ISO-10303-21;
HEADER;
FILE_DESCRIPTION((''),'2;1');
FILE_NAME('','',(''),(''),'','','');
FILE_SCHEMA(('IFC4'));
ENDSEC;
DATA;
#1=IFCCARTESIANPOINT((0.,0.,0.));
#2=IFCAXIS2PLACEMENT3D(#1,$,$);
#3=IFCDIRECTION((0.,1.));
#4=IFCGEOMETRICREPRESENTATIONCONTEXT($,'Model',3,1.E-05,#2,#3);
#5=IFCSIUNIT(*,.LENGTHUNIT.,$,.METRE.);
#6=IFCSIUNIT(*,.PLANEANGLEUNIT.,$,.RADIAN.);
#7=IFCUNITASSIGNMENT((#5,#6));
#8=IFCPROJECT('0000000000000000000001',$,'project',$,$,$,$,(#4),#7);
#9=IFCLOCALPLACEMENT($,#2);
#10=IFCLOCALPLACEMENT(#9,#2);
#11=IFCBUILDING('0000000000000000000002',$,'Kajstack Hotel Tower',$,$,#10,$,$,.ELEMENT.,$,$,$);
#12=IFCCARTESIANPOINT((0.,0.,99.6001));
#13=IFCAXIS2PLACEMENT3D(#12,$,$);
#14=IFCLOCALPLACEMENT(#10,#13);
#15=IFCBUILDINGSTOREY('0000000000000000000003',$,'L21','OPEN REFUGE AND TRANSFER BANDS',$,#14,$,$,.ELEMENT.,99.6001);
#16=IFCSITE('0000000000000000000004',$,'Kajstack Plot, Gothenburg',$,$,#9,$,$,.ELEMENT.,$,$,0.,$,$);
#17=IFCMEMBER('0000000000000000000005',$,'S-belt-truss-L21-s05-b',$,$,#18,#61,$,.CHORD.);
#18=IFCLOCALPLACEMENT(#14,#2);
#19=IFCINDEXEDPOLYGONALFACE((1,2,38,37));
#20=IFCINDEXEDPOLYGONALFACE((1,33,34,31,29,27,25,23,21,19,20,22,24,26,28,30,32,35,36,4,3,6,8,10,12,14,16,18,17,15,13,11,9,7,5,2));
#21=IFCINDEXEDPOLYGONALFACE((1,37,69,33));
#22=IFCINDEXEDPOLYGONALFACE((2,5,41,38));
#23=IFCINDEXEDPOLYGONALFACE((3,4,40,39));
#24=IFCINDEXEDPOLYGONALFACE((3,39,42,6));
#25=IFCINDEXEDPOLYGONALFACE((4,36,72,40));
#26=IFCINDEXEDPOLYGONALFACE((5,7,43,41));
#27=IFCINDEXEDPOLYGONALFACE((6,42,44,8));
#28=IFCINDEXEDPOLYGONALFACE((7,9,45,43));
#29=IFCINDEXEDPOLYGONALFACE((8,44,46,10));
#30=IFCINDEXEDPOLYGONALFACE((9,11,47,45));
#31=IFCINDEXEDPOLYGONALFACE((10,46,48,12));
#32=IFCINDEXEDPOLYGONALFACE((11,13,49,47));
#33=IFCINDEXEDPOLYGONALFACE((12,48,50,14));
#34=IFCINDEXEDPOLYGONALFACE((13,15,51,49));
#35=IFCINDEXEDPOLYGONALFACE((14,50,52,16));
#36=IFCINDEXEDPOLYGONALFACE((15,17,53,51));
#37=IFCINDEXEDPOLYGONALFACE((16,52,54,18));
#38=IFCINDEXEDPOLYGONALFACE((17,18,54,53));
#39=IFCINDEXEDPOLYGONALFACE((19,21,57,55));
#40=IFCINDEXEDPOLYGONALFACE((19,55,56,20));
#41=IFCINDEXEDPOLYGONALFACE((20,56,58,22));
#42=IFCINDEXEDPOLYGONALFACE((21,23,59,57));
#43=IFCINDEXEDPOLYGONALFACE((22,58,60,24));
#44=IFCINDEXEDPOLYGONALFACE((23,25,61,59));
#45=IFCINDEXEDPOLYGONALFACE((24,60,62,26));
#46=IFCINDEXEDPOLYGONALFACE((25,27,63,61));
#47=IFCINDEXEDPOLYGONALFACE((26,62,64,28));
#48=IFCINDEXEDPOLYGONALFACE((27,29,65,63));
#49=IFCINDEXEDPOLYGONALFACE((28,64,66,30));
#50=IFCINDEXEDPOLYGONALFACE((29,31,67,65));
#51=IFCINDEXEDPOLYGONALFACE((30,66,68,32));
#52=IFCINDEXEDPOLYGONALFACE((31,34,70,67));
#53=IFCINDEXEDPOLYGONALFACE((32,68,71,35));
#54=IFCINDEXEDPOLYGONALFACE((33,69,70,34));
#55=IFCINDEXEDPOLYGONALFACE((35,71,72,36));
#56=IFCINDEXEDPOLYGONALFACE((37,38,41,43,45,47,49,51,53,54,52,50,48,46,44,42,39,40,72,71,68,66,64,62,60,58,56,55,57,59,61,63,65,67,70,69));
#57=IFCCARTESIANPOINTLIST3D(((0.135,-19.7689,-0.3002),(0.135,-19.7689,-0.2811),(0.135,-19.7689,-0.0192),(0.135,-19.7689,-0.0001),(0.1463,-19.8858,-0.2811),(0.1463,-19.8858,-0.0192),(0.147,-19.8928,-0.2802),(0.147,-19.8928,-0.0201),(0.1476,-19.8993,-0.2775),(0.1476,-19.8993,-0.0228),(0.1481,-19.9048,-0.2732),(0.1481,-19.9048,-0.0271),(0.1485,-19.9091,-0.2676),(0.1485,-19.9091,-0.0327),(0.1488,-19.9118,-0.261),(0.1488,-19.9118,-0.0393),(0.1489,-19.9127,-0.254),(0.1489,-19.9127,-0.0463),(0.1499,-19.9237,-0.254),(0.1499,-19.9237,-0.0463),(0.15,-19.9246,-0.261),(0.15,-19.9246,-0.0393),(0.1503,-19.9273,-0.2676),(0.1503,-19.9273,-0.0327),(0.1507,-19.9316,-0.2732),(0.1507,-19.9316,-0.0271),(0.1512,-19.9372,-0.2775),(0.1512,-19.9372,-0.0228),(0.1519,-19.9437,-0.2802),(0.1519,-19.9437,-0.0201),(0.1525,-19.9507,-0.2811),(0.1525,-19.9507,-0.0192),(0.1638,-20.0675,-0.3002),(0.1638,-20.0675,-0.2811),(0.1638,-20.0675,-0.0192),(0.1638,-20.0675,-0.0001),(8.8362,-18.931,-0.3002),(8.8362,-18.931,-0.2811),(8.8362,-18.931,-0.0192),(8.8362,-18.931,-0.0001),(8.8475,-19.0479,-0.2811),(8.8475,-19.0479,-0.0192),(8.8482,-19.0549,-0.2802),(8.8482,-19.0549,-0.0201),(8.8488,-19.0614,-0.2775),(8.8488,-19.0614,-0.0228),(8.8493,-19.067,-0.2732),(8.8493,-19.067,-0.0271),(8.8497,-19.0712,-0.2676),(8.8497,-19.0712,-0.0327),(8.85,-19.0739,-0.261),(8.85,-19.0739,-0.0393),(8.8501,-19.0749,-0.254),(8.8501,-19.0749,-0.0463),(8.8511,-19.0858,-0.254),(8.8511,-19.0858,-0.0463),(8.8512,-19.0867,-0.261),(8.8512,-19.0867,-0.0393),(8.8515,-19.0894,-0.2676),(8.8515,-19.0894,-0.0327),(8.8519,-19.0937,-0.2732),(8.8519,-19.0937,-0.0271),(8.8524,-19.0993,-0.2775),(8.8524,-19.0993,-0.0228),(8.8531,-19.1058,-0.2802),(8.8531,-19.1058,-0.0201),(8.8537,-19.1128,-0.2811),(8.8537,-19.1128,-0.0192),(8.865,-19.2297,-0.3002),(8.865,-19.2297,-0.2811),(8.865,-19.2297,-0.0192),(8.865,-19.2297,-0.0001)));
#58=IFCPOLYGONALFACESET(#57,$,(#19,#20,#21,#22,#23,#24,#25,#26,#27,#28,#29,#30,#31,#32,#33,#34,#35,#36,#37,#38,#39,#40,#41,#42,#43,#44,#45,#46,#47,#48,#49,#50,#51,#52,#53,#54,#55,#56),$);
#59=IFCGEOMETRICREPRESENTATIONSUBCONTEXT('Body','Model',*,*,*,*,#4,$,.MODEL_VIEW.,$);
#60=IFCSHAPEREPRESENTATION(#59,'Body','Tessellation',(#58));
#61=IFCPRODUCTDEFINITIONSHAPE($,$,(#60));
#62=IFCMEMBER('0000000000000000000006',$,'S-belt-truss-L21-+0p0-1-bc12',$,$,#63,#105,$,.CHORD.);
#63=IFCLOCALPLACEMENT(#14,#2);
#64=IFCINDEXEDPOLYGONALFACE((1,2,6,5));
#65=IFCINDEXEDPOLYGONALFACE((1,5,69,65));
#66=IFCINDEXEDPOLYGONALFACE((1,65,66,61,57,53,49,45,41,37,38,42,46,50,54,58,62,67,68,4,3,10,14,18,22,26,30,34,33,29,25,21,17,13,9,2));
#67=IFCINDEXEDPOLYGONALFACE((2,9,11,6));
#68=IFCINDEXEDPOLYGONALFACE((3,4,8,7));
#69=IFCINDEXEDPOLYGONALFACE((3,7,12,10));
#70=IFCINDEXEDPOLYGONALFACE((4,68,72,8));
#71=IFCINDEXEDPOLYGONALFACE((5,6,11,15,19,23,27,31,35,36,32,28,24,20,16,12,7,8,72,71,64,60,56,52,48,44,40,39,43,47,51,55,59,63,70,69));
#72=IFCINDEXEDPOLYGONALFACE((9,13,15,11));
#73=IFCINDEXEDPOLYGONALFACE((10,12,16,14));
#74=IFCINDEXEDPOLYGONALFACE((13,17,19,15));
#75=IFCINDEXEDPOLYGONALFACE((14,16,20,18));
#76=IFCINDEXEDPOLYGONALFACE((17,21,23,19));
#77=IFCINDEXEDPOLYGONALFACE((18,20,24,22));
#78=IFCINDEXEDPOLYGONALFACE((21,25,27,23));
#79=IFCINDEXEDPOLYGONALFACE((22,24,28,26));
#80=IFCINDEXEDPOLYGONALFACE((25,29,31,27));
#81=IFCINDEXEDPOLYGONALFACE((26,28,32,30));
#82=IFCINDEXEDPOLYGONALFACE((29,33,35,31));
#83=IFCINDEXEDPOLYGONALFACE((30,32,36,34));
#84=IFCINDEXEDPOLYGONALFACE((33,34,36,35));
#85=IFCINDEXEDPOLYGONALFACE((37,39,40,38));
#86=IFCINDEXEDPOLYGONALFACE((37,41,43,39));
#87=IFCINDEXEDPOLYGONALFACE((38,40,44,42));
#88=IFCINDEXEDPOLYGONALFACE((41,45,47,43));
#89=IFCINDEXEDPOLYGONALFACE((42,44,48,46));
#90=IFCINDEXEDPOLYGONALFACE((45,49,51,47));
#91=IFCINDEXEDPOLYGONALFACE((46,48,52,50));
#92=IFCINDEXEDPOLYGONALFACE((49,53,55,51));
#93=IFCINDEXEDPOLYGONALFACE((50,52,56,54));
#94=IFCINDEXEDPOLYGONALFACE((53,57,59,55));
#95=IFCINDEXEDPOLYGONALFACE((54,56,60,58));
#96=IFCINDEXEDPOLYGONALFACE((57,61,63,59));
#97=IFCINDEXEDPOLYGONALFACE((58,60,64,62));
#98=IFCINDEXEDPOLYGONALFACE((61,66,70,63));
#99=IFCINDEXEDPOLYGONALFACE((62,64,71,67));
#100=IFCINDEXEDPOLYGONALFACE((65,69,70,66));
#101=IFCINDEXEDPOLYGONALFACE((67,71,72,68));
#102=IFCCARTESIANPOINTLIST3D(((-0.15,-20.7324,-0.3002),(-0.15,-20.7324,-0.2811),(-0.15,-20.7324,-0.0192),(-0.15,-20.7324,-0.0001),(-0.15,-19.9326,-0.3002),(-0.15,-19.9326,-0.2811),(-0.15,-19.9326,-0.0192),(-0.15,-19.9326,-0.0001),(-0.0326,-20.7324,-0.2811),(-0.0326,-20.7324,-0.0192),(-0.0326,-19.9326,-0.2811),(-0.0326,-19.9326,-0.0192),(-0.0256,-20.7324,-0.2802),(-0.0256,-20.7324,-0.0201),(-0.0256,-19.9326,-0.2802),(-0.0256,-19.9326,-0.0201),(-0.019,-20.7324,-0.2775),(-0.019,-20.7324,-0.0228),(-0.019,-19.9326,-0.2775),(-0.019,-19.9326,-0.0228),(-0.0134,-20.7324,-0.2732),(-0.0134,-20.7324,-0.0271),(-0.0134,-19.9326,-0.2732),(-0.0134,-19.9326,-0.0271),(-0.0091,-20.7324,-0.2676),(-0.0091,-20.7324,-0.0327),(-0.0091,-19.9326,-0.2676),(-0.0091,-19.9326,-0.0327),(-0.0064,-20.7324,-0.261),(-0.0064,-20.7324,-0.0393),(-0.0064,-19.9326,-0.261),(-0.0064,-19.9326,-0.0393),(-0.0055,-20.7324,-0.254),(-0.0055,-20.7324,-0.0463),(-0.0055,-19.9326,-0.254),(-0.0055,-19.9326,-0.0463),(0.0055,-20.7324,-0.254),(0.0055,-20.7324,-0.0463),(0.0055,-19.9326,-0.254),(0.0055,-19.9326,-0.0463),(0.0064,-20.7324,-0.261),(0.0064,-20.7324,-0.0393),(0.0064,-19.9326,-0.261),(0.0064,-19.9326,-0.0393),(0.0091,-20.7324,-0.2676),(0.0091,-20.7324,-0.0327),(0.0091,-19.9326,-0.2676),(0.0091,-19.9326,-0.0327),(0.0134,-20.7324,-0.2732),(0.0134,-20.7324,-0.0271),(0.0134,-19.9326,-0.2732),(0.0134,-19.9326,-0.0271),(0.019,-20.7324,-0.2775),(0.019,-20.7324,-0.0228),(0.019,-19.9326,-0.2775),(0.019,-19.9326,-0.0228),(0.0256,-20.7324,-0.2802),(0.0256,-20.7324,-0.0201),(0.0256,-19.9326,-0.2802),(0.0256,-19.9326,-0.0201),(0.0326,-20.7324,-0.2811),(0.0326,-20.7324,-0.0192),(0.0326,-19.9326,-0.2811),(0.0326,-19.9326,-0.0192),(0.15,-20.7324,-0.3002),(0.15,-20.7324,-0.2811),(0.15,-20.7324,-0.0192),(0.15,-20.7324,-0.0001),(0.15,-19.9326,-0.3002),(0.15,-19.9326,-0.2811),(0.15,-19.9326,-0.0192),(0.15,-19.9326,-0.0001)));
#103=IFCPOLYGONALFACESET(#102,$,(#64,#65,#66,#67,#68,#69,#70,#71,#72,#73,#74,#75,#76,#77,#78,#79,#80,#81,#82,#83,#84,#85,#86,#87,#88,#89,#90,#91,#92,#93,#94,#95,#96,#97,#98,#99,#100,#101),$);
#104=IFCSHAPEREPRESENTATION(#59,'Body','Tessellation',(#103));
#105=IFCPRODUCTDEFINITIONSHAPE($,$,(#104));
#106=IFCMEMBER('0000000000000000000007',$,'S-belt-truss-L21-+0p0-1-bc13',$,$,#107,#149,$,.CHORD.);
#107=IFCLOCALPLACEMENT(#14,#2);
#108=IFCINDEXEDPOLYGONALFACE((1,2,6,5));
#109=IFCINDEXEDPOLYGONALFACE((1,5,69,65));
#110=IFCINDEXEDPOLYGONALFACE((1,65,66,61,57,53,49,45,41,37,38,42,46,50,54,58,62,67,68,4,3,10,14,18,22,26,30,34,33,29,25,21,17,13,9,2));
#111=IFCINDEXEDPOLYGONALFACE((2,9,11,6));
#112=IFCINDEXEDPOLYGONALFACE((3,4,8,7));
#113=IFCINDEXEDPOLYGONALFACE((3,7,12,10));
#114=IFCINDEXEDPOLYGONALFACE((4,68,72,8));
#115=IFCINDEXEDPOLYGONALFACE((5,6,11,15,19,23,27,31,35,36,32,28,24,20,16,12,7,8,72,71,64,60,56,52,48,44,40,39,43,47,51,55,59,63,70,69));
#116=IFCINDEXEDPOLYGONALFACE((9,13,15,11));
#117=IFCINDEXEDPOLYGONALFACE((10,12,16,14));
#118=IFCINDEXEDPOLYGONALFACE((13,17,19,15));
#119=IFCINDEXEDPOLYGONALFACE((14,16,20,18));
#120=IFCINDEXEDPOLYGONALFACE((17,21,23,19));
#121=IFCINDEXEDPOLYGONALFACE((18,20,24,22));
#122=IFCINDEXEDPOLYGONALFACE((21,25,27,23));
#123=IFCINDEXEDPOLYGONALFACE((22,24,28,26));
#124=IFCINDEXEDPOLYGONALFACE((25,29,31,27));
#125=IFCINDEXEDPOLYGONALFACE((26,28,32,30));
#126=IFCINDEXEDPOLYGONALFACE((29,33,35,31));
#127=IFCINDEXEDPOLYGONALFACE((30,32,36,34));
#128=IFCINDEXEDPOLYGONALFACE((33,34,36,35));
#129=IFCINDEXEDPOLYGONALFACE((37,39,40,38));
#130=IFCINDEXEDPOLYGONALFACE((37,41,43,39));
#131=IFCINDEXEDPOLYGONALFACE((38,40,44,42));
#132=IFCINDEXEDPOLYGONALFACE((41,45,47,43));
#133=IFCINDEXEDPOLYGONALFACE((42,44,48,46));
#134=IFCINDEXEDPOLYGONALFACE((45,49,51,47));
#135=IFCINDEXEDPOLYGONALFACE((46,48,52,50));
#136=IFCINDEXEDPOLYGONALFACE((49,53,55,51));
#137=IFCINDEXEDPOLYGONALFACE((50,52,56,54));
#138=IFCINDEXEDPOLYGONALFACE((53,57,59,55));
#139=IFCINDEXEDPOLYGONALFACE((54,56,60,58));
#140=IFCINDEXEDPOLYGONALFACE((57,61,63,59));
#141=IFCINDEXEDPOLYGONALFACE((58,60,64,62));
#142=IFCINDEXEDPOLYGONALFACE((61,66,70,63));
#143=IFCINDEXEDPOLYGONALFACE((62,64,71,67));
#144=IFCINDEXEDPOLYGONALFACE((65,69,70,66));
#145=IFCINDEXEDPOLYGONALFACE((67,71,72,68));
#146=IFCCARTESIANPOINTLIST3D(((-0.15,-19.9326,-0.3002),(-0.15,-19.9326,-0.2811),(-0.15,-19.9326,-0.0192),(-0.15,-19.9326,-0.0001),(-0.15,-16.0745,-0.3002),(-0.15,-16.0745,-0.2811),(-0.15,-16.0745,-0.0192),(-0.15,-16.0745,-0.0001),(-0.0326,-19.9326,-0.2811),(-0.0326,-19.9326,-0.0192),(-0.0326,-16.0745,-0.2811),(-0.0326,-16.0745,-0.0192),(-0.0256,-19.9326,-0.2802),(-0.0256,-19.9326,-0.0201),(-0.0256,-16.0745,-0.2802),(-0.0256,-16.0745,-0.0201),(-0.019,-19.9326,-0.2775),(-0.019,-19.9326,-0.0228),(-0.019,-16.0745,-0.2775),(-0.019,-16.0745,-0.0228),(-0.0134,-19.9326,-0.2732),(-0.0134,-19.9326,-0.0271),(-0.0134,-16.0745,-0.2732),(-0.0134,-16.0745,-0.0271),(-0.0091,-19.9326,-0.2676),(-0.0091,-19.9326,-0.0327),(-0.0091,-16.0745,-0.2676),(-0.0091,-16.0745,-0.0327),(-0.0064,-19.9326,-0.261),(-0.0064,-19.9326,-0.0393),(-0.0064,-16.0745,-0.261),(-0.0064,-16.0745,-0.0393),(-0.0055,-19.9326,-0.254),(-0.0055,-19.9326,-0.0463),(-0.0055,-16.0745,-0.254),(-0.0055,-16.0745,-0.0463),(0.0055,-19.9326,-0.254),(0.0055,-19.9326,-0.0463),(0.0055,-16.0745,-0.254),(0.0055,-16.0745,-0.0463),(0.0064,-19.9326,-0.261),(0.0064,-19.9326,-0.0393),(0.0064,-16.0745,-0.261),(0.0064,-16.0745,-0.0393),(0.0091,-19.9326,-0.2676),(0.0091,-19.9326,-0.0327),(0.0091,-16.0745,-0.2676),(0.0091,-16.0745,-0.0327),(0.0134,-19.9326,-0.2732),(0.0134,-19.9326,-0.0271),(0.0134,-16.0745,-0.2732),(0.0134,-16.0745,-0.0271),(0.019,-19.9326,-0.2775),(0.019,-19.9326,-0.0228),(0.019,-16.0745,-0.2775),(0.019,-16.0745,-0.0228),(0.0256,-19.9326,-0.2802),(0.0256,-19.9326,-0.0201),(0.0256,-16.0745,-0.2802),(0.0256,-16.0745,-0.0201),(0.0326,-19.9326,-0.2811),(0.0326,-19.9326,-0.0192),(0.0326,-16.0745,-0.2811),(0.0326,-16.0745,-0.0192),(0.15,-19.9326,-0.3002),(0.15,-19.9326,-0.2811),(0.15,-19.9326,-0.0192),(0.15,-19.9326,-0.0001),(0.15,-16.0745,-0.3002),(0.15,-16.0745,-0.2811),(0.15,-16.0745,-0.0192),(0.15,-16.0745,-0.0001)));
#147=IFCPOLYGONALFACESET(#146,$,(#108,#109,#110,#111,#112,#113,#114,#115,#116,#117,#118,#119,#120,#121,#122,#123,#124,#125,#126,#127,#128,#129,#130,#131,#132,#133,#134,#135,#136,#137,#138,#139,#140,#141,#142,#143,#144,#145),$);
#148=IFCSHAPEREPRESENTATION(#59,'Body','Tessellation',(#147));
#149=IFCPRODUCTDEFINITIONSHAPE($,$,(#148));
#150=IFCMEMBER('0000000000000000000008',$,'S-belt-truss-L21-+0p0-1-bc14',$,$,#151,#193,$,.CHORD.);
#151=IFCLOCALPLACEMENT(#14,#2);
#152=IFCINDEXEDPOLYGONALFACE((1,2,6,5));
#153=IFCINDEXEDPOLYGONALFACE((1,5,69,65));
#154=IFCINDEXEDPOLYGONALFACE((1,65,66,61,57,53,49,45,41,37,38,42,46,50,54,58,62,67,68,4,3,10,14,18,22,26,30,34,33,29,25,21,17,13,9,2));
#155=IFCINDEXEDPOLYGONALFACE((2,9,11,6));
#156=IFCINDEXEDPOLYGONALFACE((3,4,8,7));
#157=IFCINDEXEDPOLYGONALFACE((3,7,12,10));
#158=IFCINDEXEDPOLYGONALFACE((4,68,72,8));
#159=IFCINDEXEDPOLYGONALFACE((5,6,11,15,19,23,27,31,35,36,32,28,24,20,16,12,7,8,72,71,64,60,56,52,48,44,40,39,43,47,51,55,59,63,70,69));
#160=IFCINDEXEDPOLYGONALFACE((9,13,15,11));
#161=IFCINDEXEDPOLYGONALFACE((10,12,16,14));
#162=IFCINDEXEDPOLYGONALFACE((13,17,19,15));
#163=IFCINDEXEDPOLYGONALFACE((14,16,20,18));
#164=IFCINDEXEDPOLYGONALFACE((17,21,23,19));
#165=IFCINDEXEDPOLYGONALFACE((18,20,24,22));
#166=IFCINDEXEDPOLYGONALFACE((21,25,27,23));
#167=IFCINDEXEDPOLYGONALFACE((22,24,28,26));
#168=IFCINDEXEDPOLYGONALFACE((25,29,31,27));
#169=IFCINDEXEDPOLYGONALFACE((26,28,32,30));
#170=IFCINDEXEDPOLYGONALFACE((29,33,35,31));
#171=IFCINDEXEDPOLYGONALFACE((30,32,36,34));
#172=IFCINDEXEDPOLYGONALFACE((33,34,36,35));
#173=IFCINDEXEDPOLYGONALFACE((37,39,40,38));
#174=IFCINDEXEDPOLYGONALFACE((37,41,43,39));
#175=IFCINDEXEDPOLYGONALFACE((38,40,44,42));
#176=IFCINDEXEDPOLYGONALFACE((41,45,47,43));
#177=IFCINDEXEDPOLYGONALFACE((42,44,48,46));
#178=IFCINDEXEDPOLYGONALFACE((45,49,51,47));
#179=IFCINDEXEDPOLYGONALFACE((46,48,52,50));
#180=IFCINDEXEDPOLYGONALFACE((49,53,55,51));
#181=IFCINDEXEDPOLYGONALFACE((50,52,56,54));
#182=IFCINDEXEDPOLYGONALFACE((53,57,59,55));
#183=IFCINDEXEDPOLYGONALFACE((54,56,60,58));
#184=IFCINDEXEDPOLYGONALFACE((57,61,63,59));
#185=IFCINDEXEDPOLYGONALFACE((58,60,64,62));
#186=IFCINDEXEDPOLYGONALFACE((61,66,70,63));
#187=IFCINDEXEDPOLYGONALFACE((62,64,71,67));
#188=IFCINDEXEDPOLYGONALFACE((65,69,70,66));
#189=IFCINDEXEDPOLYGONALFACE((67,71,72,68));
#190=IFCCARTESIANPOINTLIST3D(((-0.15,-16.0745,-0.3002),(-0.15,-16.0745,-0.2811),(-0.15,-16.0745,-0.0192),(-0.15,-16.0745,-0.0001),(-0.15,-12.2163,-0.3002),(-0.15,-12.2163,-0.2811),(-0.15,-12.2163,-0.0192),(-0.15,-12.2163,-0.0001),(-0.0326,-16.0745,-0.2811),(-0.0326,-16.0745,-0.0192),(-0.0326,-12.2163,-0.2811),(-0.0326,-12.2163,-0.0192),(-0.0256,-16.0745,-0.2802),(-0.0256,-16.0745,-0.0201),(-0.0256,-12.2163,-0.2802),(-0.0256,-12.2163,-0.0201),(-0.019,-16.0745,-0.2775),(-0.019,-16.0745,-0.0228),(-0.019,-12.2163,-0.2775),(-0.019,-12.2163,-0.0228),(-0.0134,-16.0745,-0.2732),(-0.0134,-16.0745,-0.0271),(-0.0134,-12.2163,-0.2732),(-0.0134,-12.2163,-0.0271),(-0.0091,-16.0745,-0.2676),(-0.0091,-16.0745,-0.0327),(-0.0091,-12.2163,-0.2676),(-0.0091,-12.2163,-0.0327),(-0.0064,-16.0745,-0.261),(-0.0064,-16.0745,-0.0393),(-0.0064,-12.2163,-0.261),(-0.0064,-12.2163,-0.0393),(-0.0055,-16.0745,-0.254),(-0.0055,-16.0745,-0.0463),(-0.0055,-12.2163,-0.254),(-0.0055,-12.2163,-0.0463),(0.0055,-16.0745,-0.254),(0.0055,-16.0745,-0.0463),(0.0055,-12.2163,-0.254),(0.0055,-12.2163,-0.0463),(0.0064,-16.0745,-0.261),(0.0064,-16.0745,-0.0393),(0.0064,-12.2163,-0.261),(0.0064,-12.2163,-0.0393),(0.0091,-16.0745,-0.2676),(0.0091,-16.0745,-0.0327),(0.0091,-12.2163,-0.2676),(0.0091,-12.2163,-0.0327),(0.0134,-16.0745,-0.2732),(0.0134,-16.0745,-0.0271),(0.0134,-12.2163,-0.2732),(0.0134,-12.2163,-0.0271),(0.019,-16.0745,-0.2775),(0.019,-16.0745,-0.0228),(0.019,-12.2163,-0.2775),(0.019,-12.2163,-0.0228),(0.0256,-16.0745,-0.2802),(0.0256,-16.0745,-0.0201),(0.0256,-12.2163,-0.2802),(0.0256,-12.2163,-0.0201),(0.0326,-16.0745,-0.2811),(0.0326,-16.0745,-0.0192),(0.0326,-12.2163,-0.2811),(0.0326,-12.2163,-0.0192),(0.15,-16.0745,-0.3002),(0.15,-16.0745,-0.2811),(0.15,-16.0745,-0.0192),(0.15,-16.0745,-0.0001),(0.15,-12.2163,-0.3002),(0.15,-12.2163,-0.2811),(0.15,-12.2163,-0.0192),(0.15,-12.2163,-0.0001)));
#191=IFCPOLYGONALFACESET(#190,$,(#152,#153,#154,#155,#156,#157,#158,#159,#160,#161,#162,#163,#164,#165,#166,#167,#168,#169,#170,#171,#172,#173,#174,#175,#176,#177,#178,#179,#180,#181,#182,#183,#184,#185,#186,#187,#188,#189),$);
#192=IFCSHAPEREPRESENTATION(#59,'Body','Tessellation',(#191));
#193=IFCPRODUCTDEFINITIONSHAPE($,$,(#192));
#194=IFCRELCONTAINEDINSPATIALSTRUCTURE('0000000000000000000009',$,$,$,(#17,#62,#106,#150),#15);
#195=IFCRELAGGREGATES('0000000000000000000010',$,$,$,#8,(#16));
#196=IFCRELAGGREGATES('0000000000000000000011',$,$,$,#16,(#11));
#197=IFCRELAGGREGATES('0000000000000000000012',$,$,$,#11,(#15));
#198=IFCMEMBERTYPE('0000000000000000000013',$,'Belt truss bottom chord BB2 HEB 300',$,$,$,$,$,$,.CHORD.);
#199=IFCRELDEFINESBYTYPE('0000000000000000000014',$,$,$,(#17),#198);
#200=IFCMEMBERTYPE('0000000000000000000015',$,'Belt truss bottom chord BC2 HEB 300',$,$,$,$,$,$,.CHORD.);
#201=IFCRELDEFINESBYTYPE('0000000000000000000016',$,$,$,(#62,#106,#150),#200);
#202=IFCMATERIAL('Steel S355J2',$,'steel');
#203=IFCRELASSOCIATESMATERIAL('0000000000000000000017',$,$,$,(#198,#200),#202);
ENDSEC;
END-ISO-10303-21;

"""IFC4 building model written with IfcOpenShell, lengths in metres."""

from ifc_helpers import new_model, si_unit, direction, frame, origin, origin_2d, place, context, subcontext, project, spatial, i_section, extrude, material, material_profile, profile_set, type_object, element, save


model = new_model("IFC4")

# Units and contexts
model_context = context("Model", 3, precision=1e-05, world=origin(), true_north=direction((0.0, 1.0)))
body_context = subcontext(model_context, "Body", "Model", "MODEL_VIEW")
ifc_project = project(units=[si_unit("LENGTHUNIT", "METRE"), si_unit("PLANEANGLEUNIT", "RADIAN")], contexts=[model_context])

# Site, building, storey
site_placement = place(None, origin())
site = spatial("IfcSite", under=ifc_project, at=site_placement, Name="Kajstack Plot, Gothenburg", CompositionType="ELEMENT", RefElevation=0.0)
building_placement = place(site_placement, origin())
building = spatial("IfcBuilding", under=site, at=building_placement, Name="Kajstack Hotel Tower", CompositionType="ELEMENT")
storey_placement = place(building_placement, frame((0.0, 0.0, 99.6001)))
storey = spatial("IfcBuildingStorey", under=building, at=storey_placement, Name="L21", Description="OPEN REFUGE AND TRANSFER BANDS", CompositionType="ELEMENT", Elevation=99.6001)

# Members
ifc_material_1 = material(Name="Steel S355J2", Category="steel")
ifc_material_profile_1 = material_profile(ifc_material_1, i_section(OverallWidth=0.3, OverallDepth=0.3, WebThickness=0.011, FlangeThickness=0.019, FilletRadius=0.0271, at=origin_2d()), Name="HEB 300")
ifc_profile_set_1 = profile_set([ifc_material_profile_1], Name="Steel S355J2")
member_type_1 = type_object("IfcMemberType", Name="Belt truss bottom chord BB2 HEB 300", PredefinedType="CHORD", material=ifc_profile_set_1)
member_1_placement = place(storey_placement, frame((0.1494, -19.9182, -0.1501), z_axis=(0.995396, 0.095853, 0.0), x_axis=(-0.095853, 0.995396, 0.0)))
element("IfcMember", 1, at=member_1_placement, inside=storey, type_object=member_type_1, Name="S-belt-truss-L21-s05-b", PredefinedType="CHORD", context=body_context, shape_type="SweptSolid", body=[
    extrude(i_section(OverallWidth=0.3, OverallDepth=0.3, WebThickness=0.011, FlangeThickness=0.019, FilletRadius=0.0271, at=origin_2d()), origin(), (0.0, 0.0, 1.0), 8.7415),
])
ifc_material_profile_2 = material_profile(ifc_material_1, i_section(OverallWidth=0.3, OverallDepth=0.3, WebThickness=0.011, FlangeThickness=0.019, FilletRadius=0.0271, at=origin_2d()), Name="HEB 300")
ifc_profile_set_2 = profile_set([ifc_material_profile_2], Name="Steel S355J2")
member_type_2 = type_object("IfcMemberType", Name="Belt truss bottom chord BC2 HEB 300", PredefinedType="CHORD", material=ifc_profile_set_2)
member_2_placement = place(storey_placement, frame((0.0, -20.7324, -0.1501), z_axis=(0.0, 1.0, 0.0), x_axis=(-1.0, 0.0, 0.0)))
element("IfcMember", 2, at=member_2_placement, inside=storey, type_object=member_type_2, Name="S-belt-truss-L21-+0p0-1-bc12", PredefinedType="CHORD", context=body_context, shape_type="SweptSolid", body=[
    extrude(i_section(OverallWidth=0.3, OverallDepth=0.3, WebThickness=0.011, FlangeThickness=0.019, FilletRadius=0.0271, at=origin_2d()), origin(), (0.0, 0.0, 1.0), 0.7998),
])
for number, where, z_axis, x_axis, name in (
    (3, (0.0, -19.9326, -0.1501), (0.0, 1.0, 0.0), (-1.0, 0.0, 0.0), "S-belt-truss-L21-+0p0-1-bc13"),
    (4, (0.0, -16.0745, -0.1501), (0.0, 1.0, 0.0), (-1.0, 0.0, 0.0), "S-belt-truss-L21-+0p0-1-bc14"),
):
    element("IfcMember", number, at=place(storey_placement, frame(where, z_axis=z_axis, x_axis=x_axis)), inside=storey, type_object=member_type_2, Name=name, PredefinedType="CHORD", context=body_context, shape_type="SweptSolid", body=[
        extrude(i_section(OverallWidth=0.3, OverallDepth=0.3, WebThickness=0.011, FlangeThickness=0.019, FilletRadius=0.0271, at=origin_2d()), origin(), (0.0, 0.0, 1.0), 3.8582),
    ])

save(model, "model.ifc")
